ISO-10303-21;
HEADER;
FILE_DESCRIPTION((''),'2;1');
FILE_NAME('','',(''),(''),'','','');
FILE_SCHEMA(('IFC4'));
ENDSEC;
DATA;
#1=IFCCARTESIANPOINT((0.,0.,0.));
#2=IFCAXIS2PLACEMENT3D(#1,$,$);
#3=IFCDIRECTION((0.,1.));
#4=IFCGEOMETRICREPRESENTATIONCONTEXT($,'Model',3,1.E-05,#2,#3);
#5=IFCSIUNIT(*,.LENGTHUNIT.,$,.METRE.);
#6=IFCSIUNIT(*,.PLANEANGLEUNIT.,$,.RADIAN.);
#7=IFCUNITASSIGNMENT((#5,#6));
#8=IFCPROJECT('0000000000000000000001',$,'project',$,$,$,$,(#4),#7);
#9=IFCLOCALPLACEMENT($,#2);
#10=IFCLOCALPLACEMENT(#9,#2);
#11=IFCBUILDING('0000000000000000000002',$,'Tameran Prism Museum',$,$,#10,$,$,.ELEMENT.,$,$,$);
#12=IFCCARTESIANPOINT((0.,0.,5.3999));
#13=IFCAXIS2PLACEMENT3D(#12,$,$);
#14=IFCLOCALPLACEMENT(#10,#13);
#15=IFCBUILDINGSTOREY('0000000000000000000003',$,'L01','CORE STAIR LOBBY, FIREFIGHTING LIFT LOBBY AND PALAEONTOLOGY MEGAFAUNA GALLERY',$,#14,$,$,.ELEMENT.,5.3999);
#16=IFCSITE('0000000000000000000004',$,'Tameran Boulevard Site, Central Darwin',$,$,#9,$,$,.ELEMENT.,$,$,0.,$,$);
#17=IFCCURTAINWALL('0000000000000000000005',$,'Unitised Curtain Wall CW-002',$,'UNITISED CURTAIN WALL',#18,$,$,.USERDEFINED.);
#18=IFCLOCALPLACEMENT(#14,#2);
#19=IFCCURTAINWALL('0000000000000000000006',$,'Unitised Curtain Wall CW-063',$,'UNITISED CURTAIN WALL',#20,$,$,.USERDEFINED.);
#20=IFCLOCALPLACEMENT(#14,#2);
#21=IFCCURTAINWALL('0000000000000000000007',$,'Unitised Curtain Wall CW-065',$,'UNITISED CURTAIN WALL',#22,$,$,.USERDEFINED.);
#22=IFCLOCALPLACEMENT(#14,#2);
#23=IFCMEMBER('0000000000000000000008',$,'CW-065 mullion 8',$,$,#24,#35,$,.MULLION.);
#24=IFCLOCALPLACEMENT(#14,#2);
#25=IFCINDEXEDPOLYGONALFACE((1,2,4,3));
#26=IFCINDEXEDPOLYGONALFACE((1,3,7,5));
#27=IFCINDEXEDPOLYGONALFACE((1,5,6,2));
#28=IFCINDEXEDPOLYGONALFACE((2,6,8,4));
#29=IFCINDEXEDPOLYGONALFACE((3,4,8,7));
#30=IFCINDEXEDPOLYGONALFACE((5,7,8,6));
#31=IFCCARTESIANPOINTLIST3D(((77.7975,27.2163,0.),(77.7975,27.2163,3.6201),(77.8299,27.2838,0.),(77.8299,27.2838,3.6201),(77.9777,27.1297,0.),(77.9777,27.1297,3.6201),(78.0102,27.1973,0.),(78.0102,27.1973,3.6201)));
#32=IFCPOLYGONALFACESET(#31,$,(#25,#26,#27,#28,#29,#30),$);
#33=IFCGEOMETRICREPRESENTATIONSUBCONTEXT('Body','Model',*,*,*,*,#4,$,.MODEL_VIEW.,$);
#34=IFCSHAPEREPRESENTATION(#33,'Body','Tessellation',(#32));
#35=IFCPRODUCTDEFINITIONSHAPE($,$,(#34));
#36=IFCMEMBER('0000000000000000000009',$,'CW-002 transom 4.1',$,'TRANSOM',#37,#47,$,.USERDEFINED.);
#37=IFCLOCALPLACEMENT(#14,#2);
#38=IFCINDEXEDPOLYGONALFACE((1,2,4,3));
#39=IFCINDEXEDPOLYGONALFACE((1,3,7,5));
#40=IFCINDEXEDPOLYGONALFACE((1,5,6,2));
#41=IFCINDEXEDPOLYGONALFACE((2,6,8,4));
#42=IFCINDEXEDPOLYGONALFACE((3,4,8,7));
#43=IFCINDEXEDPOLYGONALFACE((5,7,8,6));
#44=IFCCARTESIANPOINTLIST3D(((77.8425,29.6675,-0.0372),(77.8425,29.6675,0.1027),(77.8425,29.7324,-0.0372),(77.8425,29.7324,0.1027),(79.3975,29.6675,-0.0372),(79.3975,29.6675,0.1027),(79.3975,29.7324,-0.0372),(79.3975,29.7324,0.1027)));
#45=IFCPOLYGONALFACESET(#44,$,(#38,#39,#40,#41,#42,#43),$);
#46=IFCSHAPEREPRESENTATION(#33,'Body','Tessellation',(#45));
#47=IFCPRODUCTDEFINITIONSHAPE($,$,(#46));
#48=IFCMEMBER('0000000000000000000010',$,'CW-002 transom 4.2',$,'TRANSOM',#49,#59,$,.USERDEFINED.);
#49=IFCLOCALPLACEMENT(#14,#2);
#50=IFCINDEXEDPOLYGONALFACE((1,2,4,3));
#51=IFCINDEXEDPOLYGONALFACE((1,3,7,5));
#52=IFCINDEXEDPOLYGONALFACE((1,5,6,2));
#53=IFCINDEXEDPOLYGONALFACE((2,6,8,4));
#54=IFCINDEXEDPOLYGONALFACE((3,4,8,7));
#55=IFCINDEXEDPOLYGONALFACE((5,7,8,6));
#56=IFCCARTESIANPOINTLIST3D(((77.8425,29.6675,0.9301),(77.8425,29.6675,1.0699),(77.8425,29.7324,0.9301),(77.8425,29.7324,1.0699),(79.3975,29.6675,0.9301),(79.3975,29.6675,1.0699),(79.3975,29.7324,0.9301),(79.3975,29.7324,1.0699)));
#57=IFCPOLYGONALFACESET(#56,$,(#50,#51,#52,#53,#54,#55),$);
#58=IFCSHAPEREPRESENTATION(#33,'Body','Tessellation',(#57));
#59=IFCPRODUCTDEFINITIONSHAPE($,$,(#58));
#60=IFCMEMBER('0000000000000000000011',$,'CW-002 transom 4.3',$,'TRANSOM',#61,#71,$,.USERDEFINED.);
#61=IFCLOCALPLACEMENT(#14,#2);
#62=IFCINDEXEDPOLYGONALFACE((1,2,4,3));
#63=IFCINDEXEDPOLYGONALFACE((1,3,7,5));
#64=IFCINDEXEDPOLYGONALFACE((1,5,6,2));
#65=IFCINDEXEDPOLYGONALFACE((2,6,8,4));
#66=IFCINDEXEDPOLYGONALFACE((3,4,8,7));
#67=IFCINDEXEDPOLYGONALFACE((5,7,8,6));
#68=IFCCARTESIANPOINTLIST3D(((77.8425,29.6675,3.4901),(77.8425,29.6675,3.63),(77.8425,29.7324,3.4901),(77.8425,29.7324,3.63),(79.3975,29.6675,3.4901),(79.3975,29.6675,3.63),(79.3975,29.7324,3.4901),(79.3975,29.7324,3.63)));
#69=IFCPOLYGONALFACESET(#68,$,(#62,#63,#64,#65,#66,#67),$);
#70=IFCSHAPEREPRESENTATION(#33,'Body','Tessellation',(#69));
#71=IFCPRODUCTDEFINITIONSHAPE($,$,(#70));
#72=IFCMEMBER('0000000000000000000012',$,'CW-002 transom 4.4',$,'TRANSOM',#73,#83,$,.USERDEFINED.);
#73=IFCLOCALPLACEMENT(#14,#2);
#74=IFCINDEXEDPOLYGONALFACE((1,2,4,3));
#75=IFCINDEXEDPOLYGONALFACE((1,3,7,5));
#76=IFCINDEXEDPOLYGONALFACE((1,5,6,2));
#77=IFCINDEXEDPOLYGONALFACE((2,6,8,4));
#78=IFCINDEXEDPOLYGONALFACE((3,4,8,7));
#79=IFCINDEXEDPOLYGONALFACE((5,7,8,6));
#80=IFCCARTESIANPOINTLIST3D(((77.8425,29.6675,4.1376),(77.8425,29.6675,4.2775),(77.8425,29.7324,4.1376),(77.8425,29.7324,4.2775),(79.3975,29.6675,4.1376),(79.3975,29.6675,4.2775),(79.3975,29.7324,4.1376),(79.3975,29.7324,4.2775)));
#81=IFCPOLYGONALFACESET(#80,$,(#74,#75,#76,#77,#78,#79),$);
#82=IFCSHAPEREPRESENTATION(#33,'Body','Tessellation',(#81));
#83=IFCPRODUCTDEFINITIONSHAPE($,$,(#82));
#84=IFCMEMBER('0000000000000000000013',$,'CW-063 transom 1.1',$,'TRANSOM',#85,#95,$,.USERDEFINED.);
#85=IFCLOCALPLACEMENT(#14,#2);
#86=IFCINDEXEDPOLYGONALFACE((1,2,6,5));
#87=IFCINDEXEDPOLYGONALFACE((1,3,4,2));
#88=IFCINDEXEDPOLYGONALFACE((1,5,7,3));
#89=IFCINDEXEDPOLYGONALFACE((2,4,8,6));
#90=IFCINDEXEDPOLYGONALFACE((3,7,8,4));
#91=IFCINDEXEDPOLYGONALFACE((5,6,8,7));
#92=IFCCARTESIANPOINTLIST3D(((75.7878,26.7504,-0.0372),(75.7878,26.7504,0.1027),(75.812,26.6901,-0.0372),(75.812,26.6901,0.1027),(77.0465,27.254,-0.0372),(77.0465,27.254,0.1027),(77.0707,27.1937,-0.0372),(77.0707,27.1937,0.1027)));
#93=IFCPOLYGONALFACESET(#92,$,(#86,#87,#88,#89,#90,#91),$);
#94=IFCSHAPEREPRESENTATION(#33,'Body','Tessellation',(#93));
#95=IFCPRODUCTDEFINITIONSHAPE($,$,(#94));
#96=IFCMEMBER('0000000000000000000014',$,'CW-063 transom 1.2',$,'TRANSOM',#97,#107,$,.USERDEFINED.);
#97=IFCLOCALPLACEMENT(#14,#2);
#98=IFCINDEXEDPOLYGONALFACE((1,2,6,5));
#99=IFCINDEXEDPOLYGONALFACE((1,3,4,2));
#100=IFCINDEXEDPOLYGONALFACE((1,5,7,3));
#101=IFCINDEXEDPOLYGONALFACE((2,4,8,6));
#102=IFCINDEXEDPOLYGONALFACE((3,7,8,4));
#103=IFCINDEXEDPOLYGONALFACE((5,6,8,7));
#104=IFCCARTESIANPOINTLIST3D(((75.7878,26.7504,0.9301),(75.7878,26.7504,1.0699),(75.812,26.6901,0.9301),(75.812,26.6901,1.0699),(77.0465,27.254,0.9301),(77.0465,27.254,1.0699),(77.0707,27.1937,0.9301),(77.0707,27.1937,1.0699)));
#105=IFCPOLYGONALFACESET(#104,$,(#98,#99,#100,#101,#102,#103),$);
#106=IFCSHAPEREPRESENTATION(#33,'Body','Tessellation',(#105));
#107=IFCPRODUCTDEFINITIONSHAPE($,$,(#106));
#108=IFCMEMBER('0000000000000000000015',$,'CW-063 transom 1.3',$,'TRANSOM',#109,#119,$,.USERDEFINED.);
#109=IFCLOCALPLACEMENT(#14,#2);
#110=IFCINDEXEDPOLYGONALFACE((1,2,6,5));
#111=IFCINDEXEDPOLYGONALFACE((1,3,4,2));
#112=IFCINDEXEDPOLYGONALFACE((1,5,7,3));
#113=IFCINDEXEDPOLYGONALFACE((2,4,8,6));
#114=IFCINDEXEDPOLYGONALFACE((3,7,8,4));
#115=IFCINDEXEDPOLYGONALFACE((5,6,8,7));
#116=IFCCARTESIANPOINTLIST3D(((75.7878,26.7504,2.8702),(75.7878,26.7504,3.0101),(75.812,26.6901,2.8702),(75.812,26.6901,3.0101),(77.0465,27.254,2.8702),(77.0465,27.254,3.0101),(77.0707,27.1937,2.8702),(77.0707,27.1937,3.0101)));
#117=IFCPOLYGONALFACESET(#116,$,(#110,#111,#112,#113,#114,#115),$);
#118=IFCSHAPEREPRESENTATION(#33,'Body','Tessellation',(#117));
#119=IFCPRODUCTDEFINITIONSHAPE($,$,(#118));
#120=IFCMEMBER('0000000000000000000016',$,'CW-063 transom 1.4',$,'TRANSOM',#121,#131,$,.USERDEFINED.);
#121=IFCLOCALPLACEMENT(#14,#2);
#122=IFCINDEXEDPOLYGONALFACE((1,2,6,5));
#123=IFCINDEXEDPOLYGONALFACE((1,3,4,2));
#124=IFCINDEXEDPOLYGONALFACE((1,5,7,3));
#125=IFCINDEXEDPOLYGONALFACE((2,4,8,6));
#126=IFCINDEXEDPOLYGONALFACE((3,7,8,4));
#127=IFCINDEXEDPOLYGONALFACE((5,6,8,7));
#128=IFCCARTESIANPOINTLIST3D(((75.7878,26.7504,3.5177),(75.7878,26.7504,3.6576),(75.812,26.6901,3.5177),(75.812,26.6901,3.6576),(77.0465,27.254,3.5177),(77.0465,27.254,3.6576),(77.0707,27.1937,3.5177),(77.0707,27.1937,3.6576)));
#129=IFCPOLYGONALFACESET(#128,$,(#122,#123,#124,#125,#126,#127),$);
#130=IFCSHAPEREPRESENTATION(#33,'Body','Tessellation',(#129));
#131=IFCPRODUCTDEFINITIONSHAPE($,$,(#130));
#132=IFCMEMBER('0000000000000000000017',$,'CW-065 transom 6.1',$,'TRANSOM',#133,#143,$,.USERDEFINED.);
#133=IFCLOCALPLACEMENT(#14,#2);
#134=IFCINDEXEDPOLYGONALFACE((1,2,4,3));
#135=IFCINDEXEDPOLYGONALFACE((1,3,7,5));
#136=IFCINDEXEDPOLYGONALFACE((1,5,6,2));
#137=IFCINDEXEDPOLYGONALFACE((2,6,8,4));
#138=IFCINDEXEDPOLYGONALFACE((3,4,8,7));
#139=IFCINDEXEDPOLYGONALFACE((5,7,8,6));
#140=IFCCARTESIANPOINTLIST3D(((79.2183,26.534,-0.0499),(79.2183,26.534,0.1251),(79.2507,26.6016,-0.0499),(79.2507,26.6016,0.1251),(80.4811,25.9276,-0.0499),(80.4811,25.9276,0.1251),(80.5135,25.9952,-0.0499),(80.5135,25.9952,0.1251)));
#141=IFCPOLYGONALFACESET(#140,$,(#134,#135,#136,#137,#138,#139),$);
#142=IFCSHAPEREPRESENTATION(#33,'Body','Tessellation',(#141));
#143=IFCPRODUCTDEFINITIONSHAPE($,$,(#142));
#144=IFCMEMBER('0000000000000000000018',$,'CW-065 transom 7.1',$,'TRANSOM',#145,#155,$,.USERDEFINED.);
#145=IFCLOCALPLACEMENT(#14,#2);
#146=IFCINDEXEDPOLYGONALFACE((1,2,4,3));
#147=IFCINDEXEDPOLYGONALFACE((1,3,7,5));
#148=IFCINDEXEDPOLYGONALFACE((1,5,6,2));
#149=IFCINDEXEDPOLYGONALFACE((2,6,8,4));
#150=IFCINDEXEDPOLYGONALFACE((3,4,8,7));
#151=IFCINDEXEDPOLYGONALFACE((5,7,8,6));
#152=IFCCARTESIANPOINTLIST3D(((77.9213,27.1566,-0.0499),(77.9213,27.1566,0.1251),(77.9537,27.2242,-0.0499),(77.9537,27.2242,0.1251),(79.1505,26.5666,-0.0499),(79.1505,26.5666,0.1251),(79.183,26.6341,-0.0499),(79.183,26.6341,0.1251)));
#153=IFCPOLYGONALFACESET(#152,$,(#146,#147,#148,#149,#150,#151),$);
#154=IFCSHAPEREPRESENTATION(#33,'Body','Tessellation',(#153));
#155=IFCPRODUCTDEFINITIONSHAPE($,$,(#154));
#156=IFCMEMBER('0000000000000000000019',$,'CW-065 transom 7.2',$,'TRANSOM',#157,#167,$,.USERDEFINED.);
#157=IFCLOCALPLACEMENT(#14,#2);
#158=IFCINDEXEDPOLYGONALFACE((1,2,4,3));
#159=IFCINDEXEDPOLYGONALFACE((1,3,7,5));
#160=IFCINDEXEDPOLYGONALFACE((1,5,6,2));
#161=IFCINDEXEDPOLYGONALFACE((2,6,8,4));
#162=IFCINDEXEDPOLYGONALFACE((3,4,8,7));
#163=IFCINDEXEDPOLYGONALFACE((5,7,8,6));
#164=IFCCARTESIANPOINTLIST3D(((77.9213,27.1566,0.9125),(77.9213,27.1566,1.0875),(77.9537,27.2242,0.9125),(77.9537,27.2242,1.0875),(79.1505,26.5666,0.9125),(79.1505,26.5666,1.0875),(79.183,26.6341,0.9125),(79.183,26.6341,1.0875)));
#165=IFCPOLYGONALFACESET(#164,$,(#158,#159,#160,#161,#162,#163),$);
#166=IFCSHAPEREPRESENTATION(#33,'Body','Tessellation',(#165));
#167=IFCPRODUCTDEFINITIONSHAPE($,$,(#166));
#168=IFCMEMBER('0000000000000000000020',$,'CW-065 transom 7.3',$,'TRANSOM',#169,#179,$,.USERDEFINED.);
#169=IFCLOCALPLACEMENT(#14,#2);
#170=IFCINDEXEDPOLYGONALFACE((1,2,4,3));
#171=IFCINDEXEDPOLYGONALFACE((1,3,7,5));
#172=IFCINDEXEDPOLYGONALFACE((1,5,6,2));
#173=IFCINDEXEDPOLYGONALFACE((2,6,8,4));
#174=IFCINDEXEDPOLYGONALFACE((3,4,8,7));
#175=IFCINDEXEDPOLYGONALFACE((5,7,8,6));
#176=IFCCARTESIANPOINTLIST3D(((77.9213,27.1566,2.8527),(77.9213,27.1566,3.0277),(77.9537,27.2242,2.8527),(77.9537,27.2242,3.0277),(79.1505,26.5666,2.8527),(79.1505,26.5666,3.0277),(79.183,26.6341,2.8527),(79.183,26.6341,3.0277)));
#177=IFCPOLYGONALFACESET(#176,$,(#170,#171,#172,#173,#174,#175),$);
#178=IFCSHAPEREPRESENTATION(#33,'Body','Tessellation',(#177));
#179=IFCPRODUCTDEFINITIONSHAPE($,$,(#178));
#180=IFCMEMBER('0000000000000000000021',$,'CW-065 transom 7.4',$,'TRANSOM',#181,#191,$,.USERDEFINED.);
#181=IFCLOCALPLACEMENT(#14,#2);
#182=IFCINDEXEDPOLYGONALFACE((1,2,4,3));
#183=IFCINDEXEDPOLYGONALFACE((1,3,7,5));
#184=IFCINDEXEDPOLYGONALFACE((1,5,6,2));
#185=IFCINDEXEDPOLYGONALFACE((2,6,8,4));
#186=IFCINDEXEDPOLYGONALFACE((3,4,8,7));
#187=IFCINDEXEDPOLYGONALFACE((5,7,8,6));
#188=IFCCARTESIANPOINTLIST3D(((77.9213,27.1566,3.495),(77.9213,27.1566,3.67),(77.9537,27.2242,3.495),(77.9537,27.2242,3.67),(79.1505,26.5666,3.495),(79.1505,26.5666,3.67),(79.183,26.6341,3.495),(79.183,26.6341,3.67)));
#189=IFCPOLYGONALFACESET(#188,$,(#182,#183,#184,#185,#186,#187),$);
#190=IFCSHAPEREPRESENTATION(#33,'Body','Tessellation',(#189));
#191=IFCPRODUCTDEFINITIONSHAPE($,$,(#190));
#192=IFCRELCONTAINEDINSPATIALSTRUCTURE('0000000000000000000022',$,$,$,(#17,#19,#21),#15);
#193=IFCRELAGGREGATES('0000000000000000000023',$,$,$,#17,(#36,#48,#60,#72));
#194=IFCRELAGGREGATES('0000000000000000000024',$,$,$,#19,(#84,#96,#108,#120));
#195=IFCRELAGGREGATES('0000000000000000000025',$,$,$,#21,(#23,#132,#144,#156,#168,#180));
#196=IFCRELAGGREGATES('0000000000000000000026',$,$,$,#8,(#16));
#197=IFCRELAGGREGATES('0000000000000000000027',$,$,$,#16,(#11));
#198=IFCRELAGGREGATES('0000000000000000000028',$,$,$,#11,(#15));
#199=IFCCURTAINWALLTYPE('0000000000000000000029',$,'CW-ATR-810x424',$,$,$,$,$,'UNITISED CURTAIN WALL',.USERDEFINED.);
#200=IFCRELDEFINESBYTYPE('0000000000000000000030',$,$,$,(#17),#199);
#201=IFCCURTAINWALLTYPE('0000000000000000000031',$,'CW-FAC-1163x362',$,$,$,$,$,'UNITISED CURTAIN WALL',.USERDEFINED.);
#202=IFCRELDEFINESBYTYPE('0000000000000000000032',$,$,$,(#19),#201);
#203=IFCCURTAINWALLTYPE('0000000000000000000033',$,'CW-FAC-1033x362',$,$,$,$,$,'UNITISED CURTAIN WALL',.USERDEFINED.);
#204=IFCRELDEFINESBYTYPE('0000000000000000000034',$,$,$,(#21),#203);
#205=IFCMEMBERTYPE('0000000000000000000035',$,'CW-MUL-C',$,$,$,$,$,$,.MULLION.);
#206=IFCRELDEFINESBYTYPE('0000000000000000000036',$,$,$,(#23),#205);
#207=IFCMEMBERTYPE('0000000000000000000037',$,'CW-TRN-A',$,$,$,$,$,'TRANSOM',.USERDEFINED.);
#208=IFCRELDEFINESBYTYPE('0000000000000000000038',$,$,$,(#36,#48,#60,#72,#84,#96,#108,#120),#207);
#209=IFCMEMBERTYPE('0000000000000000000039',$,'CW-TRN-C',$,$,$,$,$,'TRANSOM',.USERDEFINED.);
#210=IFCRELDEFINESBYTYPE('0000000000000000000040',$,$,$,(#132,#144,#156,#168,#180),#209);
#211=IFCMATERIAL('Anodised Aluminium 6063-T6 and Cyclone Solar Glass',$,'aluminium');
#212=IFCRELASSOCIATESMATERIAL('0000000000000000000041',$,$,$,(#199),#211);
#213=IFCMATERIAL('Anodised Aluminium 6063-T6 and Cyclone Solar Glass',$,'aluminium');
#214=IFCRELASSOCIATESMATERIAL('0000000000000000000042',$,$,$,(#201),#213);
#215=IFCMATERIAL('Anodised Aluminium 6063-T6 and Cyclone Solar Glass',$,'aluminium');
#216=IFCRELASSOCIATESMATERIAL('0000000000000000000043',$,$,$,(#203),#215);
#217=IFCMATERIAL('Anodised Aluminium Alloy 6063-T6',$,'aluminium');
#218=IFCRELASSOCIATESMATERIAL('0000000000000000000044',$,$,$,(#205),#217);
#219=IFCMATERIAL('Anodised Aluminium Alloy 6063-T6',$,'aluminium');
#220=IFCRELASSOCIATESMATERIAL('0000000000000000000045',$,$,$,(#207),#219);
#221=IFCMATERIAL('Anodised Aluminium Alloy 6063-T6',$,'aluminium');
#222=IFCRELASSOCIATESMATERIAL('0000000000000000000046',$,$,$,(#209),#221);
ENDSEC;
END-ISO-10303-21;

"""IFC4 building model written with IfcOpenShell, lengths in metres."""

from ifc_helpers import new_model, si_unit, direction, frame, origin, origin_2d, place, context, subcontext, project, spatial, rectangle, extrude, material, material_profile, profile_set, type_object, element, aggregate, save


model = new_model("IFC4")

# Units and contexts
model_context = context("Model", 3, precision=1e-05, world=origin(), true_north=direction((0.0, 1.0)))
body_context = subcontext(model_context, "Body", "Model", "MODEL_VIEW")
ifc_project = project(units=[si_unit("LENGTHUNIT", "METRE"), si_unit("PLANEANGLEUNIT", "RADIAN")], contexts=[model_context])

# Site, building, storey
site_placement = place(None, origin())
site = spatial("IfcSite", under=ifc_project, at=site_placement, Name="Tameran Boulevard Site, Central Darwin", CompositionType="ELEMENT", RefElevation=0.0)
building_placement = place(site_placement, origin())
building = spatial("IfcBuilding", under=site, at=building_placement, Name="Tameran Prism Museum", CompositionType="ELEMENT")
storey_placement = place(building_placement, frame((0.0, 0.0, 5.3999)))
storey = spatial("IfcBuildingStorey", under=building, at=storey_placement, Name="L01", Description="CORE STAIR LOBBY, FIREFIGHTING LIFT LOBBY AND PALAEONTOLOGY MEGAFAUNA GALLERY", CompositionType="ELEMENT", Elevation=5.3999)

# Curtain walls
ifc_material_1 = material(Name="Anodised Aluminium 6063-T6 and Cyclone Solar Glass", Category="aluminium")
curtain_wall_type_1 = type_object("IfcCurtainWallType", Name="CW-ATR-810x424", ElementType="UNITISED CURTAIN WALL", PredefinedType="USERDEFINED", material=ifc_material_1)
curtain_wall_1_placement = place(storey_placement, origin())
curtain_wall_1 = element("IfcCurtainWall", 1, at=curtain_wall_1_placement, inside=storey, type_object=curtain_wall_type_1, Name="Unitised Curtain Wall CW-002", ObjectType="UNITISED CURTAIN WALL", PredefinedType="USERDEFINED")
ifc_material_2 = material(Name="Anodised Aluminium 6063-T6 and Cyclone Solar Glass", Category="aluminium")
curtain_wall_type_2 = type_object("IfcCurtainWallType", Name="CW-FAC-1163x362", ElementType="UNITISED CURTAIN WALL", PredefinedType="USERDEFINED", material=ifc_material_2)
curtain_wall_2_placement = place(storey_placement, origin())
curtain_wall_2 = element("IfcCurtainWall", 2, at=curtain_wall_2_placement, inside=storey, type_object=curtain_wall_type_2, Name="Unitised Curtain Wall CW-063", ObjectType="UNITISED CURTAIN WALL", PredefinedType="USERDEFINED")

# Curtain wall, member
ifc_material_3 = material(Name="Anodised Aluminium 6063-T6 and Cyclone Solar Glass", Category="aluminium")
curtain_wall_type_3 = type_object("IfcCurtainWallType", Name="CW-FAC-1033x362", ElementType="UNITISED CURTAIN WALL", PredefinedType="USERDEFINED", material=ifc_material_3)
curtain_wall_3_placement = place(storey_placement, origin())
curtain_wall_3 = element("IfcCurtainWall", 3, at=curtain_wall_3_placement, inside=storey, type_object=curtain_wall_type_3, Name="Unitised Curtain Wall CW-065", ObjectType="UNITISED CURTAIN WALL", PredefinedType="USERDEFINED")
ifc_material_4 = material(Name="Anodised Aluminium Alloy 6063-T6", Category="aluminium")
ifc_material_profile_1 = material_profile(ifc_material_4, rectangle(XDim=0.075, YDim=0.2, at=origin_2d()))
ifc_profile_set_1 = profile_set([ifc_material_profile_1])
member_type_1 = type_object("IfcMemberType", Name="CW-MUL-C", PredefinedType="MULLION", material=ifc_profile_set_1)
member_1_placement = place(storey_placement, frame((77.9038, 27.2068, 0.0), z_axis=(0.0, 0.0, 1.0), x_axis=(-0.432832, -0.901475, 0.0)))
member_1 = element("IfcMember", 4, at=member_1_placement, type_object=member_type_1, Name="CW-065 mullion 8", PredefinedType="MULLION", context=body_context, shape_type="SweptSolid", body=[
    extrude(rectangle(XDim=0.075, YDim=0.2, at=origin_2d()), origin(), (0.0, 0.0, 1.0), 3.6201),
])

# Members
ifc_material_5 = material(Name="Anodised Aluminium Alloy 6063-T6", Category="aluminium")
ifc_material_profile_2 = material_profile(ifc_material_5, rectangle(XDim=0.0649, YDim=0.1399, at=origin_2d()))
ifc_profile_set_2 = profile_set([ifc_material_profile_2])
member_type_2 = type_object("IfcMemberType", Name="CW-TRN-A", ElementType="TRANSOM", PredefinedType="USERDEFINED", material=ifc_profile_set_2)
member_2_placement = place(storey_placement, frame((77.8425, 29.7, 0.0327), z_axis=(1.0, 0.0, 0.0), x_axis=(0.0, 1.0, 0.0)))
member_2 = element("IfcMember", 5, at=member_2_placement, type_object=member_type_2, Name="CW-002 transom 4.1", ObjectType="TRANSOM", PredefinedType="USERDEFINED", context=body_context, shape_type="SweptSolid", body=[
    extrude(rectangle(XDim=0.0649, YDim=0.1399, at=origin_2d()), origin(), (0.0, 0.0, 1.0), 1.5549),
])
member_3_placement = place(storey_placement, frame((77.8425, 29.7, 1.0), z_axis=(1.0, 0.0, 0.0), x_axis=(0.0, 1.0, 0.0)))
member_3 = element("IfcMember", 6, at=member_3_placement, type_object=member_type_2, Name="CW-002 transom 4.2", ObjectType="TRANSOM", PredefinedType="USERDEFINED", context=body_context, shape_type="SweptSolid", body=[
    extrude(rectangle(XDim=0.0649, YDim=0.1399, at=origin_2d()), origin(), (0.0, 0.0, 1.0), 1.5549),
])
member_4_placement = place(storey_placement, frame((77.8425, 29.7, 3.5601), z_axis=(1.0, 0.0, 0.0), x_axis=(0.0, 1.0, 0.0)))
member_4 = element("IfcMember", 7, at=member_4_placement, type_object=member_type_2, Name="CW-002 transom 4.3", ObjectType="TRANSOM", PredefinedType="USERDEFINED", context=body_context, shape_type="SweptSolid", body=[
    extrude(rectangle(XDim=0.0649, YDim=0.1399, at=origin_2d()), origin(), (0.0, 0.0, 1.0), 1.5549),
])
member_5_placement = place(storey_placement, frame((77.8425, 29.7, 4.2075), z_axis=(1.0, 0.0, 0.0), x_axis=(0.0, 1.0, 0.0)))
member_5 = element("IfcMember", 8, at=member_5_placement, type_object=member_type_2, Name="CW-002 transom 4.4", ObjectType="TRANSOM", PredefinedType="USERDEFINED", context=body_context, shape_type="SweptSolid", body=[
    extrude(rectangle(XDim=0.0649, YDim=0.1399, at=origin_2d()), origin(), (0.0, 0.0, 1.0), 1.5549),
])
aggregate(curtain_wall_1, [member_2, member_3, member_4, member_5])
member_6_placement = place(storey_placement, frame((77.0586, 27.2239, 0.0327), z_axis=(-0.928439, -0.371484, 0.0), x_axis=(0.371484, -0.928439, 0.0)))
member_6 = element("IfcMember", 9, at=member_6_placement, type_object=member_type_2, Name="CW-063 transom 1.1", ObjectType="TRANSOM", PredefinedType="USERDEFINED", context=body_context, shape_type="SweptSolid", body=[
    extrude(rectangle(XDim=0.0649, YDim=0.1399, at=origin_2d()), origin(), (0.0, 0.0, 1.0), 1.3557),
])
member_7_placement = place(storey_placement, frame((77.0586, 27.2239, 1.0), z_axis=(-0.928439, -0.371484, 0.0), x_axis=(0.371484, -0.928439, 0.0)))
member_7 = element("IfcMember", 10, at=member_7_placement, type_object=member_type_2, Name="CW-063 transom 1.2", ObjectType="TRANSOM", PredefinedType="USERDEFINED", context=body_context, shape_type="SweptSolid", body=[
    extrude(rectangle(XDim=0.0649, YDim=0.1399, at=origin_2d()), origin(), (0.0, 0.0, 1.0), 1.3557),
])
member_8_placement = place(storey_placement, frame((77.0586, 27.2239, 2.9402), z_axis=(-0.928439, -0.371484, 0.0), x_axis=(0.371484, -0.928439, 0.0)))
member_8 = element("IfcMember", 11, at=member_8_placement, type_object=member_type_2, Name="CW-063 transom 1.3", ObjectType="TRANSOM", PredefinedType="USERDEFINED", context=body_context, shape_type="SweptSolid", body=[
    extrude(rectangle(XDim=0.0649, YDim=0.1399, at=origin_2d()), origin(), (0.0, 0.0, 1.0), 1.3557),
])
member_9_placement = place(storey_placement, frame((77.0586, 27.2239, 3.5876), z_axis=(-0.928439, -0.371484, 0.0), x_axis=(0.371484, -0.928439, 0.0)))
member_9 = element("IfcMember", 12, at=member_9_placement, type_object=member_type_2, Name="CW-063 transom 1.4", ObjectType="TRANSOM", PredefinedType="USERDEFINED", context=body_context, shape_type="SweptSolid", body=[
    extrude(rectangle(XDim=0.0649, YDim=0.1399, at=origin_2d()), origin(), (0.0, 0.0, 1.0), 1.3557),
])
aggregate(curtain_wall_2, [member_6, member_7, member_8, member_9])
ifc_material_6 = material(Name="Anodised Aluminium Alloy 6063-T6", Category="aluminium")
ifc_material_profile_3 = material_profile(ifc_material_6, rectangle(XDim=0.075, YDim=0.175, at=origin_2d()))
ifc_profile_set_3 = profile_set([ifc_material_profile_3])
member_type_3 = type_object("IfcMemberType", Name="CW-TRN-C", ElementType="TRANSOM", PredefinedType="USERDEFINED", material=ifc_profile_set_3)
member_10_placement = place(storey_placement, frame((80.4973, 25.9614, 0.0376), z_axis=(-0.901458, 0.432867, 0.0), x_axis=(-0.432867, -0.901458, 0.0)))
member_10 = element("IfcMember", 13, at=member_10_placement, type_object=member_type_3, Name="CW-065 transom 6.1", ObjectType="TRANSOM", PredefinedType="USERDEFINED", context=body_context, shape_type="SweptSolid", body=[
    extrude(rectangle(XDim=0.075, YDim=0.175, at=origin_2d()), origin(), (0.0, 0.0, 1.0), 1.4009),
])
member_11_placement = place(storey_placement, frame((79.1667, 26.6003, 0.0376), z_axis=(-0.901509, 0.43276, 0.0), x_axis=(-0.43276, -0.901509, 0.0)))
member_11 = element("IfcMember", 14, at=member_11_placement, type_object=member_type_3, Name="CW-065 transom 7.1", ObjectType="TRANSOM", PredefinedType="USERDEFINED", context=body_context, shape_type="SweptSolid", body=[
    extrude(rectangle(XDim=0.075, YDim=0.175, at=origin_2d()), origin(), (0.0, 0.0, 1.0), 1.3635),
])
member_12_placement = place(storey_placement, frame((79.1667, 26.6003, 1.0), z_axis=(-0.901509, 0.43276, 0.0), x_axis=(-0.43276, -0.901509, 0.0)))
member_12 = element("IfcMember", 15, at=member_12_placement, type_object=member_type_3, Name="CW-065 transom 7.2", ObjectType="TRANSOM", PredefinedType="USERDEFINED", context=body_context, shape_type="SweptSolid", body=[
    extrude(rectangle(XDim=0.075, YDim=0.175, at=origin_2d()), origin(), (0.0, 0.0, 1.0), 1.3635),
])
member_13_placement = place(storey_placement, frame((79.1667, 26.6003, 2.9402), z_axis=(-0.901509, 0.43276, 0.0), x_axis=(-0.43276, -0.901509, 0.0)))
member_13 = element("IfcMember", 16, at=member_13_placement, type_object=member_type_3, Name="CW-065 transom 7.3", ObjectType="TRANSOM", PredefinedType="USERDEFINED", context=body_context, shape_type="SweptSolid", body=[
    extrude(rectangle(XDim=0.075, YDim=0.175, at=origin_2d()), origin(), (0.0, 0.0, 1.0), 1.3635),
])
member_14_placement = place(storey_placement, frame((79.1667, 26.6003, 3.5825), z_axis=(-0.901509, 0.43276, 0.0), x_axis=(-0.43276, -0.901509, 0.0)))
member_14 = element("IfcMember", 17, at=member_14_placement, type_object=member_type_3, Name="CW-065 transom 7.4", ObjectType="TRANSOM", PredefinedType="USERDEFINED", context=body_context, shape_type="SweptSolid", body=[
    extrude(rectangle(XDim=0.075, YDim=0.175, at=origin_2d()), origin(), (0.0, 0.0, 1.0), 1.3635),
])

aggregate(curtain_wall_3, [member_1, member_10, member_11, member_12, member_13, member_14])

save(model, "model.ifc")
